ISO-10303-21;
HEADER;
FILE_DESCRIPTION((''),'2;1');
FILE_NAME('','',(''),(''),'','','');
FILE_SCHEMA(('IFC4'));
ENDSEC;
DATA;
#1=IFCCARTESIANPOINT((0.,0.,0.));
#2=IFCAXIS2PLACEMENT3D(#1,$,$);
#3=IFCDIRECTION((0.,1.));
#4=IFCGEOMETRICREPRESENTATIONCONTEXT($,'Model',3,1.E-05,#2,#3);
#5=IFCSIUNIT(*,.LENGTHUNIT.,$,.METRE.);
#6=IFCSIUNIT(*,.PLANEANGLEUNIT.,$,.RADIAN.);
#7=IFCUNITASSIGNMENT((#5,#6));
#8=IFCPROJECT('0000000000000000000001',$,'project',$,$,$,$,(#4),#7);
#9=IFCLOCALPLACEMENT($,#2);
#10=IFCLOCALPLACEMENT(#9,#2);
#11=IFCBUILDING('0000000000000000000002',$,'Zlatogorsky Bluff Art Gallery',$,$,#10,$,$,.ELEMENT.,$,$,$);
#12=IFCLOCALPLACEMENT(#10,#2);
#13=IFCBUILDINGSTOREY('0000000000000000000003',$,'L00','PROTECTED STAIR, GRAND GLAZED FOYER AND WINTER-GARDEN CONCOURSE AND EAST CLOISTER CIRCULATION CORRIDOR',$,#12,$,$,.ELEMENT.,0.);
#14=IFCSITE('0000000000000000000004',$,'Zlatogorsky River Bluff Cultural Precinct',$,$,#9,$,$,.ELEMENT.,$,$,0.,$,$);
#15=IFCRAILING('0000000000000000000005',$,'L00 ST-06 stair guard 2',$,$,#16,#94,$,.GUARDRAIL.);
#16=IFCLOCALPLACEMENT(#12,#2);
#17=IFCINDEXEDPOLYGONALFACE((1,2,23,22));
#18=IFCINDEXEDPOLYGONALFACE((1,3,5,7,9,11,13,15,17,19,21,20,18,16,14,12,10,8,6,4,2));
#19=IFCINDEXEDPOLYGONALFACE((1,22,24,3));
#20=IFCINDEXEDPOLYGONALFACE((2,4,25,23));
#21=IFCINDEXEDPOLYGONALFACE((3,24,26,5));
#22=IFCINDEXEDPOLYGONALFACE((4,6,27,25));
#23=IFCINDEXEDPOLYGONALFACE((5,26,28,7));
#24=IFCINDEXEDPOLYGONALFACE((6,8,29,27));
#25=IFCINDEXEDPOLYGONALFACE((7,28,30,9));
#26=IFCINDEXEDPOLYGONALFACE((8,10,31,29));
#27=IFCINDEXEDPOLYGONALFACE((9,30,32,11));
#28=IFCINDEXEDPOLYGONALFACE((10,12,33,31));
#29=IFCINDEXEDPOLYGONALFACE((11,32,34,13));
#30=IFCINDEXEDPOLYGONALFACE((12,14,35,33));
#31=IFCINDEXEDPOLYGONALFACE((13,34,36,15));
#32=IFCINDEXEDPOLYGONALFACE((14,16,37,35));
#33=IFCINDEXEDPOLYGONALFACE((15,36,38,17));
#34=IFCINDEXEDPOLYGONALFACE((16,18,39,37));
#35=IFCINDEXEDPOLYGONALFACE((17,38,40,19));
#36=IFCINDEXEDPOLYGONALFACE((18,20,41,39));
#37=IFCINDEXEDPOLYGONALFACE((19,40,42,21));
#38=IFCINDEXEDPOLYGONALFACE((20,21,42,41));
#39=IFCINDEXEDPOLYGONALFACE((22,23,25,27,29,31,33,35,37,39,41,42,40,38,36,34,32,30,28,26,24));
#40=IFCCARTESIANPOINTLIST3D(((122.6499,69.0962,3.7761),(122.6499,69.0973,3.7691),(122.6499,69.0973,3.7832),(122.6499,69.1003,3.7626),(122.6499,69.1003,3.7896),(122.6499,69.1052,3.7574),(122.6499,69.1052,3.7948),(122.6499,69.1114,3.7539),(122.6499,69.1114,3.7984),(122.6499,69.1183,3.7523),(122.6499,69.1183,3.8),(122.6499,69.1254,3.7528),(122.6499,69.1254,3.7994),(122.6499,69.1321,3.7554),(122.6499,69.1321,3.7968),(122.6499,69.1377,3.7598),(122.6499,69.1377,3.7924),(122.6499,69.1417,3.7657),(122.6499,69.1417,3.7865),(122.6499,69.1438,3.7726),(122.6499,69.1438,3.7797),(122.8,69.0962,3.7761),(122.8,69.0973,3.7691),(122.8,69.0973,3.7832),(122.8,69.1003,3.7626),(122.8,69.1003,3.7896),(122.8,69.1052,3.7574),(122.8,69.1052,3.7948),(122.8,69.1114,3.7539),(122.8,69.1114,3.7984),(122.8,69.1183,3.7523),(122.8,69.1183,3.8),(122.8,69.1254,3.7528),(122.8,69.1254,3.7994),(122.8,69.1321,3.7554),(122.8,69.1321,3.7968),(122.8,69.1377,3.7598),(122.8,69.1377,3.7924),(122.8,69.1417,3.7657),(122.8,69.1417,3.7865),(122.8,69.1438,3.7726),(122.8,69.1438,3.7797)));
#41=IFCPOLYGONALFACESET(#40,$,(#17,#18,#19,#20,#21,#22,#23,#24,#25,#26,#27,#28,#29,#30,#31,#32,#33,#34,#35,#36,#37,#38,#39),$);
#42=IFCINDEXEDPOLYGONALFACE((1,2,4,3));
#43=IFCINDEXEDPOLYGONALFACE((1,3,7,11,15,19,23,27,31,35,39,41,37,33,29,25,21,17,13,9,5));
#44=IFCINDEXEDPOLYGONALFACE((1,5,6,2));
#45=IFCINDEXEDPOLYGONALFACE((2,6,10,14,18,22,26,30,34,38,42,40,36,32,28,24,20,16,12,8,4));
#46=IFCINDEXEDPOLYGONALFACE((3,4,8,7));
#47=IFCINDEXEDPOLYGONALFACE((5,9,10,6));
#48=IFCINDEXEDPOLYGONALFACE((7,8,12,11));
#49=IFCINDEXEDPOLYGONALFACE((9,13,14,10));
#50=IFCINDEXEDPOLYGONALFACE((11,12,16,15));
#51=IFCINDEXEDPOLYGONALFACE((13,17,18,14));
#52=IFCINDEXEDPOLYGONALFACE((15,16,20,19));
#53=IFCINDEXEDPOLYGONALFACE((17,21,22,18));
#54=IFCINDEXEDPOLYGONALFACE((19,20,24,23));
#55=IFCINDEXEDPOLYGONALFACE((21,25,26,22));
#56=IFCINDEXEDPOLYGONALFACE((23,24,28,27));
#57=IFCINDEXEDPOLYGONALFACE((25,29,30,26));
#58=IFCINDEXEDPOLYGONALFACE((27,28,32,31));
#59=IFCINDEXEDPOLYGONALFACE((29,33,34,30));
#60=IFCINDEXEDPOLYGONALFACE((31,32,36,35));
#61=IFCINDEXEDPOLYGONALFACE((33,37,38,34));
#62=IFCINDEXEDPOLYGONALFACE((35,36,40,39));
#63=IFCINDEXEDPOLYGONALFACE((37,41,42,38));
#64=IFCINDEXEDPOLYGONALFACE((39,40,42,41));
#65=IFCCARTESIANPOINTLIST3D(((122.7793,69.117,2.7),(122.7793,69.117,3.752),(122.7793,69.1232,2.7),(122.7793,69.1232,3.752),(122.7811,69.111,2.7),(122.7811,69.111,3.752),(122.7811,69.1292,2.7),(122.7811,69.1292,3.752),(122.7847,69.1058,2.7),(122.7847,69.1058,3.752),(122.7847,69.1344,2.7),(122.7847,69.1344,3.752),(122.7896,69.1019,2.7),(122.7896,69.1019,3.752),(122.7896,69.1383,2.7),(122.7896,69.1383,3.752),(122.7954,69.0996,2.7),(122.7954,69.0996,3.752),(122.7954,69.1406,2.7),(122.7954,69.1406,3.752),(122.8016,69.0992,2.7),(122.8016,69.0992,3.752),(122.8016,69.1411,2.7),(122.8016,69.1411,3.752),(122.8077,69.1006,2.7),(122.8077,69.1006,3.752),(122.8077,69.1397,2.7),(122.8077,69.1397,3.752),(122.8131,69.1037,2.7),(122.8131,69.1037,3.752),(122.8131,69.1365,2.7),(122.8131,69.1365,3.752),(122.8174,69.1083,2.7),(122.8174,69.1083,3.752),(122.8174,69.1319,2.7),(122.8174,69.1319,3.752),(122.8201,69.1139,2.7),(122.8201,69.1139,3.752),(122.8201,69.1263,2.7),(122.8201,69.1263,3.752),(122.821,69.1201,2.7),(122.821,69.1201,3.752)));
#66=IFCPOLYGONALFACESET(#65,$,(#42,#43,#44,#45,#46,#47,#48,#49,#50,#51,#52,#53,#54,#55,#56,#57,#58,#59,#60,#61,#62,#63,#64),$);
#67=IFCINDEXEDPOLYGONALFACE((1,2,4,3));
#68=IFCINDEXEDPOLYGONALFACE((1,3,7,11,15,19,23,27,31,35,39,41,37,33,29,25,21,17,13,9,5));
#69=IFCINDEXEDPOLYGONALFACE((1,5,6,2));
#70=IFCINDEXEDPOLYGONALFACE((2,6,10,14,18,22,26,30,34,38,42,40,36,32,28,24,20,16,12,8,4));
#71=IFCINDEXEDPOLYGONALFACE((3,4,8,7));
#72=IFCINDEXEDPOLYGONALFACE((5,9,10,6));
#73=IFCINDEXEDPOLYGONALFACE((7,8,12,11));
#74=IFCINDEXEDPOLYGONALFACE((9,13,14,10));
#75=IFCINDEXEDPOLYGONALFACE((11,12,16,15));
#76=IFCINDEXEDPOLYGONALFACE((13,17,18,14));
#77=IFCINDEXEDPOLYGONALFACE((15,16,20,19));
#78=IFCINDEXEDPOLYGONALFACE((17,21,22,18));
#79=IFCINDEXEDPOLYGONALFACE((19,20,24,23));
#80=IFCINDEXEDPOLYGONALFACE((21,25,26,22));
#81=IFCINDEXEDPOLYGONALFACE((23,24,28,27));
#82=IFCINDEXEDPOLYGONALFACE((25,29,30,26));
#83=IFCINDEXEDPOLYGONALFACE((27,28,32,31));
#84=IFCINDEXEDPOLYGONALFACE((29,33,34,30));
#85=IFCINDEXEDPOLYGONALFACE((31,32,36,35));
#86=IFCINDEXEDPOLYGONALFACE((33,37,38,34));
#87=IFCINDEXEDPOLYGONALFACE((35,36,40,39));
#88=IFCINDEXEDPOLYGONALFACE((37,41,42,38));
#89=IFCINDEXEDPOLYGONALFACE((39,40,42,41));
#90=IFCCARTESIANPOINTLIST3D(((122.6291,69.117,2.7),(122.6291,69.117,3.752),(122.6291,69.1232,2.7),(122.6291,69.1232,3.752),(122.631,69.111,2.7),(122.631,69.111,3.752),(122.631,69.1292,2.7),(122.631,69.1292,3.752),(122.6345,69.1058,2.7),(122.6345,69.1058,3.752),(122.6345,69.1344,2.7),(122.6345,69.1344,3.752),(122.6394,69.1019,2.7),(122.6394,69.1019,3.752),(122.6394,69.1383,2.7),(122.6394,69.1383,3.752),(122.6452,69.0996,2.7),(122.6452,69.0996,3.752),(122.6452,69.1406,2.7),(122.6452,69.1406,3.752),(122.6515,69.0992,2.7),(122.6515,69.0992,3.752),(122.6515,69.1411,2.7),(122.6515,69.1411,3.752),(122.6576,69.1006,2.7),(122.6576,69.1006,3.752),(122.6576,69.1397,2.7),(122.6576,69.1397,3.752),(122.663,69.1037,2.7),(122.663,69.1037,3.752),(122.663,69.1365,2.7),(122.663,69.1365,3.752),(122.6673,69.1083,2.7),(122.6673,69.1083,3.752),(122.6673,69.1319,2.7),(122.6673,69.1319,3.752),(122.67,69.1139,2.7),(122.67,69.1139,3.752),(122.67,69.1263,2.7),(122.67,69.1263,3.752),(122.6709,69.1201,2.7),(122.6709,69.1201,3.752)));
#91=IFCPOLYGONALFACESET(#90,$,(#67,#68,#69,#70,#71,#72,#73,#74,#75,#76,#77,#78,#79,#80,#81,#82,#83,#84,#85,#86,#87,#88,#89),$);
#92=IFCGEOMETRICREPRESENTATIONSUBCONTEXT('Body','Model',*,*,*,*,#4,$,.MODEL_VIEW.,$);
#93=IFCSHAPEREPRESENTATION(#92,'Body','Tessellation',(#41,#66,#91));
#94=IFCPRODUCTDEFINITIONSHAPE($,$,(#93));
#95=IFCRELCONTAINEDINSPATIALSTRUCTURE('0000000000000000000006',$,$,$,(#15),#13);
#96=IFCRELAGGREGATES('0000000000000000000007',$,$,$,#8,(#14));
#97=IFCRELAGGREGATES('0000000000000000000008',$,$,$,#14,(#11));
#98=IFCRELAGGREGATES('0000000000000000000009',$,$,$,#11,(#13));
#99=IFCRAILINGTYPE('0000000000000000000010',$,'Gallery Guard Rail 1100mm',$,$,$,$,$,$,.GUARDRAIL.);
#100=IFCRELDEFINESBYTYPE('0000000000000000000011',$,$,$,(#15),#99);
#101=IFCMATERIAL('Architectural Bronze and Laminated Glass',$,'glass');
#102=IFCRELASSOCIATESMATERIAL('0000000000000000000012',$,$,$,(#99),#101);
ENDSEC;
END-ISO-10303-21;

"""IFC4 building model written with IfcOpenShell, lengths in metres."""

from ifc_helpers import new_model, si_unit, direction, frame, origin, origin_2d, place, context, subcontext, project, spatial, circle, extrude, material, type_object, element, save


model = new_model("IFC4")

# Units and contexts
model_context = context("Model", 3, precision=1e-05, world=origin(), true_north=direction((0.0, 1.0)))
body_context = subcontext(model_context, "Body", "Model", "MODEL_VIEW")
ifc_project = project(units=[si_unit("LENGTHUNIT", "METRE"), si_unit("PLANEANGLEUNIT", "RADIAN")], contexts=[model_context])

# Site, building, storey
site_placement = place(None, origin())
site = spatial("IfcSite", under=ifc_project, at=site_placement, Name="Zlatogorsky River Bluff Cultural Precinct", CompositionType="ELEMENT", RefElevation=0.0)
building_placement = place(site_placement, origin())
building = spatial("IfcBuilding", under=site, at=building_placement, Name="Zlatogorsky Bluff Art Gallery", CompositionType="ELEMENT")
storey_placement = place(building_placement, origin())
storey = spatial("IfcBuildingStorey", under=building, at=storey_placement, Name="L00", Description="PROTECTED STAIR, GRAND GLAZED FOYER AND WINTER-GARDEN CONCOURSE AND EAST CLOISTER CIRCULATION CORRIDOR", CompositionType="ELEMENT", Elevation=0.0)

# Railing
ifc_material_1 = material(Name="Architectural Bronze and Laminated Glass", Category="glass")
railing_type_1 = type_object("IfcRailingType", Name="Gallery Guard Rail 1100mm", PredefinedType="GUARDRAIL", material=ifc_material_1)
railing_1_placement = place(storey_placement, frame((122.8, 69.1201, 2.7)))
element("IfcRailing", 1, at=railing_1_placement, inside=storey, type_object=railing_type_1, Name="L00 ST-06 stair guard 2", PredefinedType="GUARDRAIL", context=body_context, shape_type="SweptSolid", body=[
    extrude(circle(Radius=0.0239, at=origin_2d()), frame((0.0, 0.0, 1.0762), z_axis=(-1.0, 0.0, 0.0), x_axis=(0.0, -1.0, 0.0)), (0.0, 0.0, 1.0), 0.1501),
    extrude(circle(Radius=0.021, at=origin_2d()), origin(), (0.0, 0.0, 1.0), 1.052),
    extrude(circle(Radius=0.021, at=origin_2d()), frame((-0.1501, 0.0, 0.0)), (0.0, 0.0, 1.0), 1.052),
])

save(model, "model.ifc")
